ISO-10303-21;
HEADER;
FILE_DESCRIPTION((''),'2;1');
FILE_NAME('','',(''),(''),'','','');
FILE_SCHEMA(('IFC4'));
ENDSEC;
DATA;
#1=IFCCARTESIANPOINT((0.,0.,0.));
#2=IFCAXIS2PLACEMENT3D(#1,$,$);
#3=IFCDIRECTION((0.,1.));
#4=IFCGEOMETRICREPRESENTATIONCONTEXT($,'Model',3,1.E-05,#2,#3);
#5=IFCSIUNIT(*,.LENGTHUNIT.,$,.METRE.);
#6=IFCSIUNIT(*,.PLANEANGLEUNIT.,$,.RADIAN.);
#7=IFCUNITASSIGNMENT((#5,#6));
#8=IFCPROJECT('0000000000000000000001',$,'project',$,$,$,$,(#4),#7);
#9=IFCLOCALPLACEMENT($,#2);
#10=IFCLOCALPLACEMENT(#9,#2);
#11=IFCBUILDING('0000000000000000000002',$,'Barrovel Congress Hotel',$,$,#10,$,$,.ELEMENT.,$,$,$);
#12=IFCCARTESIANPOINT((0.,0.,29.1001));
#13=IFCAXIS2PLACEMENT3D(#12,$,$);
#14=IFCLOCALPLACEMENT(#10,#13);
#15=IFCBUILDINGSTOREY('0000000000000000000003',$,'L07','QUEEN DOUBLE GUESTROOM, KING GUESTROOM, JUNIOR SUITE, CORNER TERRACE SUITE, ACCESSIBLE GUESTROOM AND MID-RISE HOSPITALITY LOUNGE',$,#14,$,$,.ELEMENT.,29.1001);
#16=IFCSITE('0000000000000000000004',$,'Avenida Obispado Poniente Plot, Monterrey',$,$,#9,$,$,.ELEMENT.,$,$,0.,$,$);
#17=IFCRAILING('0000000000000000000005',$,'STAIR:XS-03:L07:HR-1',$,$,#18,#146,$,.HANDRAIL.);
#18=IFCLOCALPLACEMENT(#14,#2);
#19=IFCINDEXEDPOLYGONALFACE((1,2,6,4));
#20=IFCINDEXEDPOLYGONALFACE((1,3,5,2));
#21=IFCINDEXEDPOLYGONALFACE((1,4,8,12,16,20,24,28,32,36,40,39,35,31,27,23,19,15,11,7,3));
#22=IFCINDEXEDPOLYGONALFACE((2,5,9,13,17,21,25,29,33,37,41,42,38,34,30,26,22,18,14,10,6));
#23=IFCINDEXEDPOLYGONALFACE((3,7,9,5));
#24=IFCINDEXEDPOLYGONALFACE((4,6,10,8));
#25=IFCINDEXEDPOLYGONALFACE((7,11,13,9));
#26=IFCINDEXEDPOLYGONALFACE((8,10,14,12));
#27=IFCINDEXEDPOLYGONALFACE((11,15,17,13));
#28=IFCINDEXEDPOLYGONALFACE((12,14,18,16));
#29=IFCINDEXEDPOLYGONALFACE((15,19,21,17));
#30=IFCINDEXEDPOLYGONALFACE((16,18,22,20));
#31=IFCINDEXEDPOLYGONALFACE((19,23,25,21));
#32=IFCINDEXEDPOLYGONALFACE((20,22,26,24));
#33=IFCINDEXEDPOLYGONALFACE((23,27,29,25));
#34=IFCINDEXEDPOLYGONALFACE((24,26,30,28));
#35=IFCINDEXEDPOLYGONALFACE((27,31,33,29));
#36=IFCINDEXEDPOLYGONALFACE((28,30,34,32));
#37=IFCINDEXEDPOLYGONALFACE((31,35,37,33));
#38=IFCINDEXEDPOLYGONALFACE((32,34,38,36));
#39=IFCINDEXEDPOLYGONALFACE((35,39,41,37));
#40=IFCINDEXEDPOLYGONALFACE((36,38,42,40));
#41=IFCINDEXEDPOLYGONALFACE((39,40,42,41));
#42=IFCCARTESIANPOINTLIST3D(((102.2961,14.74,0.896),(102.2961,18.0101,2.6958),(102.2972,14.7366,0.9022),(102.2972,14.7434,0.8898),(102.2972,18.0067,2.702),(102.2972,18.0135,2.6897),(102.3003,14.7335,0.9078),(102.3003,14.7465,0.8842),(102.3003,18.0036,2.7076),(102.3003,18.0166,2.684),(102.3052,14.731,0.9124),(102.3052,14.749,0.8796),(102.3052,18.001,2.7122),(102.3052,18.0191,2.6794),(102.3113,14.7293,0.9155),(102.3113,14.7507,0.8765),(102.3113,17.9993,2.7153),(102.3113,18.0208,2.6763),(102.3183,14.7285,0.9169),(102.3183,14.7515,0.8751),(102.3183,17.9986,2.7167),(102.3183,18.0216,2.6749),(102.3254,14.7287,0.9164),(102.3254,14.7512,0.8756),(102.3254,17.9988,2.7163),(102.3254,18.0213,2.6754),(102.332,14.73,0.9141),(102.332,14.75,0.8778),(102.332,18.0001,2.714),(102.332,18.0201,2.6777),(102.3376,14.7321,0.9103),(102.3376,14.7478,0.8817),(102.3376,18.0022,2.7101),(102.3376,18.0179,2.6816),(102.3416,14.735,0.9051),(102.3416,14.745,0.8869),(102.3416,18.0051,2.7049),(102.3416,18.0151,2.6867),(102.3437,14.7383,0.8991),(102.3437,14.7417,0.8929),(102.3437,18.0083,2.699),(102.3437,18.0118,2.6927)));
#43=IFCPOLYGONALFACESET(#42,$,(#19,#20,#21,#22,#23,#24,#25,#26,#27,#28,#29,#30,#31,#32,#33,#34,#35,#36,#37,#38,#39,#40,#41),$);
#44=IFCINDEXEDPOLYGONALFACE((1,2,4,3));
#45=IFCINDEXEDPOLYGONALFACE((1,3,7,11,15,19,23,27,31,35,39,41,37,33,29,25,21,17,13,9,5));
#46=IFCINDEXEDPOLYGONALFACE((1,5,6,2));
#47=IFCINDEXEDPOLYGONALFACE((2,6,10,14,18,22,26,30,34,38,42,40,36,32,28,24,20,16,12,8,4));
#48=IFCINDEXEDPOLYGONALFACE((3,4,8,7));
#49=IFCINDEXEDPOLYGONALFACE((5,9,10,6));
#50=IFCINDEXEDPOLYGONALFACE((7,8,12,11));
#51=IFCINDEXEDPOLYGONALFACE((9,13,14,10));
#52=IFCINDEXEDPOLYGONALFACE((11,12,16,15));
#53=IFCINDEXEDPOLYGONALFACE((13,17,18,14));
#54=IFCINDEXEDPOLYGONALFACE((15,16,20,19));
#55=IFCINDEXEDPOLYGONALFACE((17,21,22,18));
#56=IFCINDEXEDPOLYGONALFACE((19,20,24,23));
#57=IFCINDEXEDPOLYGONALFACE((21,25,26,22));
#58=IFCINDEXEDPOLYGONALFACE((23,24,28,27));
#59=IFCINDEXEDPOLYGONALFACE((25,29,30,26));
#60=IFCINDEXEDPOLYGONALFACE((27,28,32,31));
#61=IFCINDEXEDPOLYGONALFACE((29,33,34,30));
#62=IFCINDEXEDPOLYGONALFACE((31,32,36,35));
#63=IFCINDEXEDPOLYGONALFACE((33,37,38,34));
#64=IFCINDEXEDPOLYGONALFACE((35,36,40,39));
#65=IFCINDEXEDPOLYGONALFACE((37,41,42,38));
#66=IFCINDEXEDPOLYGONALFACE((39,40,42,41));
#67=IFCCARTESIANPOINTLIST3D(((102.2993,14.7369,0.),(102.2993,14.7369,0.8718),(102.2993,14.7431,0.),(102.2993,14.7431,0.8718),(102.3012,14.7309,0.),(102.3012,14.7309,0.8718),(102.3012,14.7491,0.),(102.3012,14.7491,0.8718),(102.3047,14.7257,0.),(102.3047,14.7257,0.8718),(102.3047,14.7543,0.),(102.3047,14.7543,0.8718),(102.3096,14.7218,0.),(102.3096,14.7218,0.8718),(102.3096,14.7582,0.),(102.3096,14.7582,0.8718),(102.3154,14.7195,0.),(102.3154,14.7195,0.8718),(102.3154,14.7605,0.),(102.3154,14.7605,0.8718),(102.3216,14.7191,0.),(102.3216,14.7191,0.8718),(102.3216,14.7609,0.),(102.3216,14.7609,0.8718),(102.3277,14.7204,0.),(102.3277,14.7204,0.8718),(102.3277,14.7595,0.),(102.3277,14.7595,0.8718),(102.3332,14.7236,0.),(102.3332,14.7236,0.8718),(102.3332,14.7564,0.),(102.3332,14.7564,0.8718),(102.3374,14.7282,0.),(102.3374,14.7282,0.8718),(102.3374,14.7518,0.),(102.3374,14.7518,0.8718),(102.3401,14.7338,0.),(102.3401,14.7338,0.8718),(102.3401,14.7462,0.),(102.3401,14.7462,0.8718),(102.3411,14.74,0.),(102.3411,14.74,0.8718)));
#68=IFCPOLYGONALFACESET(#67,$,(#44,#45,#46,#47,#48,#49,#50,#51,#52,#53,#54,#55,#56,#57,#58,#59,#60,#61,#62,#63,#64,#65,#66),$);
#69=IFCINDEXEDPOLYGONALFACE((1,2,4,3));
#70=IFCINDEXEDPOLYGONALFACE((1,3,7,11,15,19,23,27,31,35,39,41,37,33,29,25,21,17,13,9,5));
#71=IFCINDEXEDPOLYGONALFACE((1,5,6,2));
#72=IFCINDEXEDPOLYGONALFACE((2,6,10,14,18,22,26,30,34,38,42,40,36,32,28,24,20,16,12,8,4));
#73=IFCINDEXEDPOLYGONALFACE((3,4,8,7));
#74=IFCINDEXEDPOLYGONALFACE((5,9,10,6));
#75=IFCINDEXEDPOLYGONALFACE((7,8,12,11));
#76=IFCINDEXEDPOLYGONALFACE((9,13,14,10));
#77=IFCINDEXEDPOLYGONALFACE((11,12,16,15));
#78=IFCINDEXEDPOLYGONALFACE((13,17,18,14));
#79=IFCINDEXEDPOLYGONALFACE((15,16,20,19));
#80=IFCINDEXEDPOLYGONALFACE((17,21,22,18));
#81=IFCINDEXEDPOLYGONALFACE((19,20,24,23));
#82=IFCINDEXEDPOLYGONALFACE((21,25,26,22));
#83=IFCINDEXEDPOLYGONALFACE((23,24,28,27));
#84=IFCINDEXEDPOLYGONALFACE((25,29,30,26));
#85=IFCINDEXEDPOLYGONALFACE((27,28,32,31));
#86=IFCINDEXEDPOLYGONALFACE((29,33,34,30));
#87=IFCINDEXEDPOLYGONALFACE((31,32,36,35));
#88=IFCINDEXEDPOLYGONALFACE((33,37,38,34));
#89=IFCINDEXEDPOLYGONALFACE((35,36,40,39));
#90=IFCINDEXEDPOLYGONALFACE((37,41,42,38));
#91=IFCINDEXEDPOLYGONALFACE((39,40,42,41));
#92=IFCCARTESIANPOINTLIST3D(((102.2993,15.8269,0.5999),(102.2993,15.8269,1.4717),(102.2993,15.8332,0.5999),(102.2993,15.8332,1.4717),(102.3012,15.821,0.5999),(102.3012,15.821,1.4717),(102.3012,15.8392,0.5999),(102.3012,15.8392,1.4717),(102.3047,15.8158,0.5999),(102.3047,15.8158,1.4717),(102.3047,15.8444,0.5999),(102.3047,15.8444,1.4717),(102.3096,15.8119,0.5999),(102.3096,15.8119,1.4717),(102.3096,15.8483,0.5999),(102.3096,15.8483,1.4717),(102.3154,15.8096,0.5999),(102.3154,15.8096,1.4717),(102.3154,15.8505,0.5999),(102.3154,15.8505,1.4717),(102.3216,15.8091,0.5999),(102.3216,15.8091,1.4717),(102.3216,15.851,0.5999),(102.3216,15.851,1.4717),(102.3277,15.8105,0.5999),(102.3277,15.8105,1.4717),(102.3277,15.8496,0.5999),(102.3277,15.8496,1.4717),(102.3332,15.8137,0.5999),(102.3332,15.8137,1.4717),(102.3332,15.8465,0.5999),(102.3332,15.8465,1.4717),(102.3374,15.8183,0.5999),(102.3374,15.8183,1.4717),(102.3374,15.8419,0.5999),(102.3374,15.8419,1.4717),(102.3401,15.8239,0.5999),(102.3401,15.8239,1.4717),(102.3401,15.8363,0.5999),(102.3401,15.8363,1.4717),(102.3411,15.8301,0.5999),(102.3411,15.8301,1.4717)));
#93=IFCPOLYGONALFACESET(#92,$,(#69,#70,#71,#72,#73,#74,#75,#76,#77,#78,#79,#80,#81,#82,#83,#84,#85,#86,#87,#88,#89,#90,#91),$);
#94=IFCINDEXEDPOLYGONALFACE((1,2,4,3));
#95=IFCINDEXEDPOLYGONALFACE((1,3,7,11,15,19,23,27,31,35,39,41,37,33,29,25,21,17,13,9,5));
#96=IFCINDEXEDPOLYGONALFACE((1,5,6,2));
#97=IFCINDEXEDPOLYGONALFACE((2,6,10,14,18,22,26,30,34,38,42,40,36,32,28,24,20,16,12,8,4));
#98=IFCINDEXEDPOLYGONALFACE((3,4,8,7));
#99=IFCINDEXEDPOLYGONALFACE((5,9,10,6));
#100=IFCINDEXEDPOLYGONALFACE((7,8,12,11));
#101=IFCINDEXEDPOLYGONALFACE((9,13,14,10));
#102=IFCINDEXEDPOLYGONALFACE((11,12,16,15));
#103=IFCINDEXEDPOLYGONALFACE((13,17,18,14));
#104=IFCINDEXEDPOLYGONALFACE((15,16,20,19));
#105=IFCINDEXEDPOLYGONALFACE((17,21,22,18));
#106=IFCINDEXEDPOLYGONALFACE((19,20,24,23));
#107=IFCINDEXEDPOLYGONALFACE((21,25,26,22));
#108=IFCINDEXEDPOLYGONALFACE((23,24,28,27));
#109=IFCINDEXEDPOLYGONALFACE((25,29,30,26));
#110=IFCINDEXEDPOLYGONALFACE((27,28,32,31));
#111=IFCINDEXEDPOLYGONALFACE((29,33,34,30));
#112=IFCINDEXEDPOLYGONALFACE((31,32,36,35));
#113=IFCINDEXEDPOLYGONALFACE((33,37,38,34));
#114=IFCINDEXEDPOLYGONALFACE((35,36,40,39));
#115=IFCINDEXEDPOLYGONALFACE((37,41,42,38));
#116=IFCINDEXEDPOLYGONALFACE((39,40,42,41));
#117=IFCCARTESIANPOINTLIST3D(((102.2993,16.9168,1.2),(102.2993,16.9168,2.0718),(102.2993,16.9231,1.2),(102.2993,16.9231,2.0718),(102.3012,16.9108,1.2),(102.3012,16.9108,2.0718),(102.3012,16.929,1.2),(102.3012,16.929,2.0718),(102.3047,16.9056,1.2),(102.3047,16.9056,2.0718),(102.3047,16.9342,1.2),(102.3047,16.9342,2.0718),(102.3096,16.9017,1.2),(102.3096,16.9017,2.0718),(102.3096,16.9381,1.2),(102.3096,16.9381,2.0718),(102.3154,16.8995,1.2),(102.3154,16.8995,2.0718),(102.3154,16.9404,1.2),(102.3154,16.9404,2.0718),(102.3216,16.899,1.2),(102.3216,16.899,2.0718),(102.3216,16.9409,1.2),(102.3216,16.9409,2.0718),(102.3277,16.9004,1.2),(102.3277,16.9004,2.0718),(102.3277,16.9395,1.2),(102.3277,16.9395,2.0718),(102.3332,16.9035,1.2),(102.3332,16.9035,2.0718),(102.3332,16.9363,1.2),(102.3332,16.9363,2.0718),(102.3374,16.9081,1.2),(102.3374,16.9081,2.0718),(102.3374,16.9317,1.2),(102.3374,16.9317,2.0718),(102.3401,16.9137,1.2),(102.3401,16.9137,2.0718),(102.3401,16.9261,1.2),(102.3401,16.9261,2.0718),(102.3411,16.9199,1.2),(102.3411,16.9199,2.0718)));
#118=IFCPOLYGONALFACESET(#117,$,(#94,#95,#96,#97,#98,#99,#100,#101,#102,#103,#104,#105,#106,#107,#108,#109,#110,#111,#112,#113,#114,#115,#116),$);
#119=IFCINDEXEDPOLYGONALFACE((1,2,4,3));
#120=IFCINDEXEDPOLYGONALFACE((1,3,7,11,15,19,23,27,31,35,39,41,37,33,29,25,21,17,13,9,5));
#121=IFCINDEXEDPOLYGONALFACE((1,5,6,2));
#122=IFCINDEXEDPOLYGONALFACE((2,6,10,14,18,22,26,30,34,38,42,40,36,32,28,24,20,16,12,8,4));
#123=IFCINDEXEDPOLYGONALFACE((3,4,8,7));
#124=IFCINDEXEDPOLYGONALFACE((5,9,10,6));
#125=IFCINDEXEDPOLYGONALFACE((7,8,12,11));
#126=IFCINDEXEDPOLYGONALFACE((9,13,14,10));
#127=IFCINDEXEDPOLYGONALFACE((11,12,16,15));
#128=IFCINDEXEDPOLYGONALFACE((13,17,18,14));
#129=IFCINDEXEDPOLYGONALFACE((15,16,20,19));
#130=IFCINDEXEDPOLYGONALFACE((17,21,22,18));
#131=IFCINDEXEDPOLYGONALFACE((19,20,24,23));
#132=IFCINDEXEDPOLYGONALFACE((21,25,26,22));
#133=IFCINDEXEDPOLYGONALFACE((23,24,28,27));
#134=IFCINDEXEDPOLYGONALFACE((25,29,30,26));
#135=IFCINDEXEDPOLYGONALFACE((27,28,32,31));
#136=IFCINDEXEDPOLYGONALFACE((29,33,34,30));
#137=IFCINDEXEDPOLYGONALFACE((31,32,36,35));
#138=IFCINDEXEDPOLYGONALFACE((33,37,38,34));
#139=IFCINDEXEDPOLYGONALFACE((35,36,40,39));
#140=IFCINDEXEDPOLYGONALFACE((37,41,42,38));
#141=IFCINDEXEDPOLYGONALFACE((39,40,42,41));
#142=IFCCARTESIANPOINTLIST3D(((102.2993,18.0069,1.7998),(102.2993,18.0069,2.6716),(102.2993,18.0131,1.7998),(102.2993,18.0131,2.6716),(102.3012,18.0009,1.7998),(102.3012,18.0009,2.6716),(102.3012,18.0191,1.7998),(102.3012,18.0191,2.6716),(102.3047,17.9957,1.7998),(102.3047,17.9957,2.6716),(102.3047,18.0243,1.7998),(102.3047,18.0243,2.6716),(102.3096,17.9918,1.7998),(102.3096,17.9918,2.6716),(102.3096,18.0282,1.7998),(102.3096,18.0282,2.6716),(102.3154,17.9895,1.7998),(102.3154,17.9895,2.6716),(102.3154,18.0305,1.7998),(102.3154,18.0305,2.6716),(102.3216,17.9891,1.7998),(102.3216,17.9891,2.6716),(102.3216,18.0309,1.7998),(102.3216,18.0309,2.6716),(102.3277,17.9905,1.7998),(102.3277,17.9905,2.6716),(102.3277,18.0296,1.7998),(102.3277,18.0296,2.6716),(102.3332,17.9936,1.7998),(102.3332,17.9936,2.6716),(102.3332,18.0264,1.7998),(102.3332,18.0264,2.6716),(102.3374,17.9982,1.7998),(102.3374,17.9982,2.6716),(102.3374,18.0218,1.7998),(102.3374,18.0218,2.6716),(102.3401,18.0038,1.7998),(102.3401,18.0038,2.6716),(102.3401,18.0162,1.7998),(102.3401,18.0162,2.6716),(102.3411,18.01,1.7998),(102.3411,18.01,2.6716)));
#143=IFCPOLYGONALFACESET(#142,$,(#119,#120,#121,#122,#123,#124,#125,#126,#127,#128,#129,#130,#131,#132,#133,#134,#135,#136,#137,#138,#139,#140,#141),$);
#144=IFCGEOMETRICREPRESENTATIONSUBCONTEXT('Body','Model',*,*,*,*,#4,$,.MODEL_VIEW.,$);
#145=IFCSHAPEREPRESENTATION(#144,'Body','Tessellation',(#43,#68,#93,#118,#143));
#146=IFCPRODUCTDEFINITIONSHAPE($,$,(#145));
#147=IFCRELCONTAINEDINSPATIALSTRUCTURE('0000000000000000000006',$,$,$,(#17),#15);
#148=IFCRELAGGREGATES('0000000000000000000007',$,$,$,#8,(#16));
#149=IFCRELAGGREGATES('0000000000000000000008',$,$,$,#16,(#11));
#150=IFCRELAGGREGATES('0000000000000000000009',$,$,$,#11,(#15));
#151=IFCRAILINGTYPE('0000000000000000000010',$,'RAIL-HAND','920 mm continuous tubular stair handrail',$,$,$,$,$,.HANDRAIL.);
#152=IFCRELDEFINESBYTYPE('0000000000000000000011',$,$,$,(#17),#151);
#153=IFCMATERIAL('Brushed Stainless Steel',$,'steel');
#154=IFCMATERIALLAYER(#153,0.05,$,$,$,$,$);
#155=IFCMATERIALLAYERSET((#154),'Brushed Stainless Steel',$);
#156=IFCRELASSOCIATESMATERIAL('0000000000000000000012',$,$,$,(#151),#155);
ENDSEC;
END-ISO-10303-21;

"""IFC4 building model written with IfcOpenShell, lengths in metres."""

from ifc_helpers import new_model, si_unit, direction, frame, origin, origin_2d, place, context, subcontext, project, spatial, circle, extrude, material, layer, layer_set, type_object, element, save


model = new_model("IFC4")

# Units and contexts
model_context = context("Model", 3, precision=1e-05, world=origin(), true_north=direction((0.0, 1.0)))
body_context = subcontext(model_context, "Body", "Model", "MODEL_VIEW")
ifc_project = project(units=[si_unit("LENGTHUNIT", "METRE"), si_unit("PLANEANGLEUNIT", "RADIAN")], contexts=[model_context])

# Site, building, storey
site_placement = place(None, origin())
site = spatial("IfcSite", under=ifc_project, at=site_placement, Name="Avenida Obispado Poniente Plot, Monterrey", CompositionType="ELEMENT", RefElevation=0.0)
building_placement = place(site_placement, origin())
building = spatial("IfcBuilding", under=site, at=building_placement, Name="Barrovel Congress Hotel", CompositionType="ELEMENT")
storey_placement = place(building_placement, frame((0.0, 0.0, 29.1001)))
storey = spatial("IfcBuildingStorey", under=building, at=storey_placement, Name="L07", Description="QUEEN DOUBLE GUESTROOM, KING GUESTROOM, JUNIOR SUITE, CORNER TERRACE SUITE, ACCESSIBLE GUESTROOM AND MID-RISE HOSPITALITY LOUNGE", CompositionType="ELEMENT", Elevation=29.1001)

# Railing
ifc_material_1 = material(Name="Brushed Stainless Steel", Category="steel")
ifc_layer_1 = layer(ifc_material_1, 0.05)
ifc_layer_set_1 = layer_set([ifc_layer_1], Name="Brushed Stainless Steel")
railing_type_1 = type_object("IfcRailingType", Name="RAIL-HAND", Description="920 mm continuous tubular stair handrail", PredefinedType="HANDRAIL", material=ifc_layer_set_1)
railing_1_placement = place(storey_placement, frame((102.3201, 14.74, 0.0)))
element("IfcRailing", 1, at=railing_1_placement, inside=storey, type_object=railing_type_1, Name="STAIR:XS-03:L07:HR-1", PredefinedType="HANDRAIL", context=body_context, shape_type="SweptSolid", body=[
    extrude(circle(Radius=0.0239, at=origin_2d()), frame((0.0, 0.0, 0.896), z_axis=(0.0, 0.876069, 0.482185), x_axis=(-1.0, 0.0, 0.0)), (0.0, 0.0, 1.0), 3.7327),
    extrude(circle(Radius=0.021, at=origin_2d()), origin(), (0.0, 0.0, 1.0), 0.8718),
    extrude(circle(Radius=0.021, at=origin_2d()), frame((0.0, 1.0901, 0.5999)), (0.0, 0.0, 1.0), 0.8718),
    extrude(circle(Radius=0.021, at=origin_2d()), frame((0.0, 2.1799, 1.2)), (0.0, 0.0, 1.0), 0.8718),
    extrude(circle(Radius=0.021, at=origin_2d()), frame((0.0, 3.27, 1.7998)), (0.0, 0.0, 1.0), 0.8718),
])

save(model, "model.ifc")
